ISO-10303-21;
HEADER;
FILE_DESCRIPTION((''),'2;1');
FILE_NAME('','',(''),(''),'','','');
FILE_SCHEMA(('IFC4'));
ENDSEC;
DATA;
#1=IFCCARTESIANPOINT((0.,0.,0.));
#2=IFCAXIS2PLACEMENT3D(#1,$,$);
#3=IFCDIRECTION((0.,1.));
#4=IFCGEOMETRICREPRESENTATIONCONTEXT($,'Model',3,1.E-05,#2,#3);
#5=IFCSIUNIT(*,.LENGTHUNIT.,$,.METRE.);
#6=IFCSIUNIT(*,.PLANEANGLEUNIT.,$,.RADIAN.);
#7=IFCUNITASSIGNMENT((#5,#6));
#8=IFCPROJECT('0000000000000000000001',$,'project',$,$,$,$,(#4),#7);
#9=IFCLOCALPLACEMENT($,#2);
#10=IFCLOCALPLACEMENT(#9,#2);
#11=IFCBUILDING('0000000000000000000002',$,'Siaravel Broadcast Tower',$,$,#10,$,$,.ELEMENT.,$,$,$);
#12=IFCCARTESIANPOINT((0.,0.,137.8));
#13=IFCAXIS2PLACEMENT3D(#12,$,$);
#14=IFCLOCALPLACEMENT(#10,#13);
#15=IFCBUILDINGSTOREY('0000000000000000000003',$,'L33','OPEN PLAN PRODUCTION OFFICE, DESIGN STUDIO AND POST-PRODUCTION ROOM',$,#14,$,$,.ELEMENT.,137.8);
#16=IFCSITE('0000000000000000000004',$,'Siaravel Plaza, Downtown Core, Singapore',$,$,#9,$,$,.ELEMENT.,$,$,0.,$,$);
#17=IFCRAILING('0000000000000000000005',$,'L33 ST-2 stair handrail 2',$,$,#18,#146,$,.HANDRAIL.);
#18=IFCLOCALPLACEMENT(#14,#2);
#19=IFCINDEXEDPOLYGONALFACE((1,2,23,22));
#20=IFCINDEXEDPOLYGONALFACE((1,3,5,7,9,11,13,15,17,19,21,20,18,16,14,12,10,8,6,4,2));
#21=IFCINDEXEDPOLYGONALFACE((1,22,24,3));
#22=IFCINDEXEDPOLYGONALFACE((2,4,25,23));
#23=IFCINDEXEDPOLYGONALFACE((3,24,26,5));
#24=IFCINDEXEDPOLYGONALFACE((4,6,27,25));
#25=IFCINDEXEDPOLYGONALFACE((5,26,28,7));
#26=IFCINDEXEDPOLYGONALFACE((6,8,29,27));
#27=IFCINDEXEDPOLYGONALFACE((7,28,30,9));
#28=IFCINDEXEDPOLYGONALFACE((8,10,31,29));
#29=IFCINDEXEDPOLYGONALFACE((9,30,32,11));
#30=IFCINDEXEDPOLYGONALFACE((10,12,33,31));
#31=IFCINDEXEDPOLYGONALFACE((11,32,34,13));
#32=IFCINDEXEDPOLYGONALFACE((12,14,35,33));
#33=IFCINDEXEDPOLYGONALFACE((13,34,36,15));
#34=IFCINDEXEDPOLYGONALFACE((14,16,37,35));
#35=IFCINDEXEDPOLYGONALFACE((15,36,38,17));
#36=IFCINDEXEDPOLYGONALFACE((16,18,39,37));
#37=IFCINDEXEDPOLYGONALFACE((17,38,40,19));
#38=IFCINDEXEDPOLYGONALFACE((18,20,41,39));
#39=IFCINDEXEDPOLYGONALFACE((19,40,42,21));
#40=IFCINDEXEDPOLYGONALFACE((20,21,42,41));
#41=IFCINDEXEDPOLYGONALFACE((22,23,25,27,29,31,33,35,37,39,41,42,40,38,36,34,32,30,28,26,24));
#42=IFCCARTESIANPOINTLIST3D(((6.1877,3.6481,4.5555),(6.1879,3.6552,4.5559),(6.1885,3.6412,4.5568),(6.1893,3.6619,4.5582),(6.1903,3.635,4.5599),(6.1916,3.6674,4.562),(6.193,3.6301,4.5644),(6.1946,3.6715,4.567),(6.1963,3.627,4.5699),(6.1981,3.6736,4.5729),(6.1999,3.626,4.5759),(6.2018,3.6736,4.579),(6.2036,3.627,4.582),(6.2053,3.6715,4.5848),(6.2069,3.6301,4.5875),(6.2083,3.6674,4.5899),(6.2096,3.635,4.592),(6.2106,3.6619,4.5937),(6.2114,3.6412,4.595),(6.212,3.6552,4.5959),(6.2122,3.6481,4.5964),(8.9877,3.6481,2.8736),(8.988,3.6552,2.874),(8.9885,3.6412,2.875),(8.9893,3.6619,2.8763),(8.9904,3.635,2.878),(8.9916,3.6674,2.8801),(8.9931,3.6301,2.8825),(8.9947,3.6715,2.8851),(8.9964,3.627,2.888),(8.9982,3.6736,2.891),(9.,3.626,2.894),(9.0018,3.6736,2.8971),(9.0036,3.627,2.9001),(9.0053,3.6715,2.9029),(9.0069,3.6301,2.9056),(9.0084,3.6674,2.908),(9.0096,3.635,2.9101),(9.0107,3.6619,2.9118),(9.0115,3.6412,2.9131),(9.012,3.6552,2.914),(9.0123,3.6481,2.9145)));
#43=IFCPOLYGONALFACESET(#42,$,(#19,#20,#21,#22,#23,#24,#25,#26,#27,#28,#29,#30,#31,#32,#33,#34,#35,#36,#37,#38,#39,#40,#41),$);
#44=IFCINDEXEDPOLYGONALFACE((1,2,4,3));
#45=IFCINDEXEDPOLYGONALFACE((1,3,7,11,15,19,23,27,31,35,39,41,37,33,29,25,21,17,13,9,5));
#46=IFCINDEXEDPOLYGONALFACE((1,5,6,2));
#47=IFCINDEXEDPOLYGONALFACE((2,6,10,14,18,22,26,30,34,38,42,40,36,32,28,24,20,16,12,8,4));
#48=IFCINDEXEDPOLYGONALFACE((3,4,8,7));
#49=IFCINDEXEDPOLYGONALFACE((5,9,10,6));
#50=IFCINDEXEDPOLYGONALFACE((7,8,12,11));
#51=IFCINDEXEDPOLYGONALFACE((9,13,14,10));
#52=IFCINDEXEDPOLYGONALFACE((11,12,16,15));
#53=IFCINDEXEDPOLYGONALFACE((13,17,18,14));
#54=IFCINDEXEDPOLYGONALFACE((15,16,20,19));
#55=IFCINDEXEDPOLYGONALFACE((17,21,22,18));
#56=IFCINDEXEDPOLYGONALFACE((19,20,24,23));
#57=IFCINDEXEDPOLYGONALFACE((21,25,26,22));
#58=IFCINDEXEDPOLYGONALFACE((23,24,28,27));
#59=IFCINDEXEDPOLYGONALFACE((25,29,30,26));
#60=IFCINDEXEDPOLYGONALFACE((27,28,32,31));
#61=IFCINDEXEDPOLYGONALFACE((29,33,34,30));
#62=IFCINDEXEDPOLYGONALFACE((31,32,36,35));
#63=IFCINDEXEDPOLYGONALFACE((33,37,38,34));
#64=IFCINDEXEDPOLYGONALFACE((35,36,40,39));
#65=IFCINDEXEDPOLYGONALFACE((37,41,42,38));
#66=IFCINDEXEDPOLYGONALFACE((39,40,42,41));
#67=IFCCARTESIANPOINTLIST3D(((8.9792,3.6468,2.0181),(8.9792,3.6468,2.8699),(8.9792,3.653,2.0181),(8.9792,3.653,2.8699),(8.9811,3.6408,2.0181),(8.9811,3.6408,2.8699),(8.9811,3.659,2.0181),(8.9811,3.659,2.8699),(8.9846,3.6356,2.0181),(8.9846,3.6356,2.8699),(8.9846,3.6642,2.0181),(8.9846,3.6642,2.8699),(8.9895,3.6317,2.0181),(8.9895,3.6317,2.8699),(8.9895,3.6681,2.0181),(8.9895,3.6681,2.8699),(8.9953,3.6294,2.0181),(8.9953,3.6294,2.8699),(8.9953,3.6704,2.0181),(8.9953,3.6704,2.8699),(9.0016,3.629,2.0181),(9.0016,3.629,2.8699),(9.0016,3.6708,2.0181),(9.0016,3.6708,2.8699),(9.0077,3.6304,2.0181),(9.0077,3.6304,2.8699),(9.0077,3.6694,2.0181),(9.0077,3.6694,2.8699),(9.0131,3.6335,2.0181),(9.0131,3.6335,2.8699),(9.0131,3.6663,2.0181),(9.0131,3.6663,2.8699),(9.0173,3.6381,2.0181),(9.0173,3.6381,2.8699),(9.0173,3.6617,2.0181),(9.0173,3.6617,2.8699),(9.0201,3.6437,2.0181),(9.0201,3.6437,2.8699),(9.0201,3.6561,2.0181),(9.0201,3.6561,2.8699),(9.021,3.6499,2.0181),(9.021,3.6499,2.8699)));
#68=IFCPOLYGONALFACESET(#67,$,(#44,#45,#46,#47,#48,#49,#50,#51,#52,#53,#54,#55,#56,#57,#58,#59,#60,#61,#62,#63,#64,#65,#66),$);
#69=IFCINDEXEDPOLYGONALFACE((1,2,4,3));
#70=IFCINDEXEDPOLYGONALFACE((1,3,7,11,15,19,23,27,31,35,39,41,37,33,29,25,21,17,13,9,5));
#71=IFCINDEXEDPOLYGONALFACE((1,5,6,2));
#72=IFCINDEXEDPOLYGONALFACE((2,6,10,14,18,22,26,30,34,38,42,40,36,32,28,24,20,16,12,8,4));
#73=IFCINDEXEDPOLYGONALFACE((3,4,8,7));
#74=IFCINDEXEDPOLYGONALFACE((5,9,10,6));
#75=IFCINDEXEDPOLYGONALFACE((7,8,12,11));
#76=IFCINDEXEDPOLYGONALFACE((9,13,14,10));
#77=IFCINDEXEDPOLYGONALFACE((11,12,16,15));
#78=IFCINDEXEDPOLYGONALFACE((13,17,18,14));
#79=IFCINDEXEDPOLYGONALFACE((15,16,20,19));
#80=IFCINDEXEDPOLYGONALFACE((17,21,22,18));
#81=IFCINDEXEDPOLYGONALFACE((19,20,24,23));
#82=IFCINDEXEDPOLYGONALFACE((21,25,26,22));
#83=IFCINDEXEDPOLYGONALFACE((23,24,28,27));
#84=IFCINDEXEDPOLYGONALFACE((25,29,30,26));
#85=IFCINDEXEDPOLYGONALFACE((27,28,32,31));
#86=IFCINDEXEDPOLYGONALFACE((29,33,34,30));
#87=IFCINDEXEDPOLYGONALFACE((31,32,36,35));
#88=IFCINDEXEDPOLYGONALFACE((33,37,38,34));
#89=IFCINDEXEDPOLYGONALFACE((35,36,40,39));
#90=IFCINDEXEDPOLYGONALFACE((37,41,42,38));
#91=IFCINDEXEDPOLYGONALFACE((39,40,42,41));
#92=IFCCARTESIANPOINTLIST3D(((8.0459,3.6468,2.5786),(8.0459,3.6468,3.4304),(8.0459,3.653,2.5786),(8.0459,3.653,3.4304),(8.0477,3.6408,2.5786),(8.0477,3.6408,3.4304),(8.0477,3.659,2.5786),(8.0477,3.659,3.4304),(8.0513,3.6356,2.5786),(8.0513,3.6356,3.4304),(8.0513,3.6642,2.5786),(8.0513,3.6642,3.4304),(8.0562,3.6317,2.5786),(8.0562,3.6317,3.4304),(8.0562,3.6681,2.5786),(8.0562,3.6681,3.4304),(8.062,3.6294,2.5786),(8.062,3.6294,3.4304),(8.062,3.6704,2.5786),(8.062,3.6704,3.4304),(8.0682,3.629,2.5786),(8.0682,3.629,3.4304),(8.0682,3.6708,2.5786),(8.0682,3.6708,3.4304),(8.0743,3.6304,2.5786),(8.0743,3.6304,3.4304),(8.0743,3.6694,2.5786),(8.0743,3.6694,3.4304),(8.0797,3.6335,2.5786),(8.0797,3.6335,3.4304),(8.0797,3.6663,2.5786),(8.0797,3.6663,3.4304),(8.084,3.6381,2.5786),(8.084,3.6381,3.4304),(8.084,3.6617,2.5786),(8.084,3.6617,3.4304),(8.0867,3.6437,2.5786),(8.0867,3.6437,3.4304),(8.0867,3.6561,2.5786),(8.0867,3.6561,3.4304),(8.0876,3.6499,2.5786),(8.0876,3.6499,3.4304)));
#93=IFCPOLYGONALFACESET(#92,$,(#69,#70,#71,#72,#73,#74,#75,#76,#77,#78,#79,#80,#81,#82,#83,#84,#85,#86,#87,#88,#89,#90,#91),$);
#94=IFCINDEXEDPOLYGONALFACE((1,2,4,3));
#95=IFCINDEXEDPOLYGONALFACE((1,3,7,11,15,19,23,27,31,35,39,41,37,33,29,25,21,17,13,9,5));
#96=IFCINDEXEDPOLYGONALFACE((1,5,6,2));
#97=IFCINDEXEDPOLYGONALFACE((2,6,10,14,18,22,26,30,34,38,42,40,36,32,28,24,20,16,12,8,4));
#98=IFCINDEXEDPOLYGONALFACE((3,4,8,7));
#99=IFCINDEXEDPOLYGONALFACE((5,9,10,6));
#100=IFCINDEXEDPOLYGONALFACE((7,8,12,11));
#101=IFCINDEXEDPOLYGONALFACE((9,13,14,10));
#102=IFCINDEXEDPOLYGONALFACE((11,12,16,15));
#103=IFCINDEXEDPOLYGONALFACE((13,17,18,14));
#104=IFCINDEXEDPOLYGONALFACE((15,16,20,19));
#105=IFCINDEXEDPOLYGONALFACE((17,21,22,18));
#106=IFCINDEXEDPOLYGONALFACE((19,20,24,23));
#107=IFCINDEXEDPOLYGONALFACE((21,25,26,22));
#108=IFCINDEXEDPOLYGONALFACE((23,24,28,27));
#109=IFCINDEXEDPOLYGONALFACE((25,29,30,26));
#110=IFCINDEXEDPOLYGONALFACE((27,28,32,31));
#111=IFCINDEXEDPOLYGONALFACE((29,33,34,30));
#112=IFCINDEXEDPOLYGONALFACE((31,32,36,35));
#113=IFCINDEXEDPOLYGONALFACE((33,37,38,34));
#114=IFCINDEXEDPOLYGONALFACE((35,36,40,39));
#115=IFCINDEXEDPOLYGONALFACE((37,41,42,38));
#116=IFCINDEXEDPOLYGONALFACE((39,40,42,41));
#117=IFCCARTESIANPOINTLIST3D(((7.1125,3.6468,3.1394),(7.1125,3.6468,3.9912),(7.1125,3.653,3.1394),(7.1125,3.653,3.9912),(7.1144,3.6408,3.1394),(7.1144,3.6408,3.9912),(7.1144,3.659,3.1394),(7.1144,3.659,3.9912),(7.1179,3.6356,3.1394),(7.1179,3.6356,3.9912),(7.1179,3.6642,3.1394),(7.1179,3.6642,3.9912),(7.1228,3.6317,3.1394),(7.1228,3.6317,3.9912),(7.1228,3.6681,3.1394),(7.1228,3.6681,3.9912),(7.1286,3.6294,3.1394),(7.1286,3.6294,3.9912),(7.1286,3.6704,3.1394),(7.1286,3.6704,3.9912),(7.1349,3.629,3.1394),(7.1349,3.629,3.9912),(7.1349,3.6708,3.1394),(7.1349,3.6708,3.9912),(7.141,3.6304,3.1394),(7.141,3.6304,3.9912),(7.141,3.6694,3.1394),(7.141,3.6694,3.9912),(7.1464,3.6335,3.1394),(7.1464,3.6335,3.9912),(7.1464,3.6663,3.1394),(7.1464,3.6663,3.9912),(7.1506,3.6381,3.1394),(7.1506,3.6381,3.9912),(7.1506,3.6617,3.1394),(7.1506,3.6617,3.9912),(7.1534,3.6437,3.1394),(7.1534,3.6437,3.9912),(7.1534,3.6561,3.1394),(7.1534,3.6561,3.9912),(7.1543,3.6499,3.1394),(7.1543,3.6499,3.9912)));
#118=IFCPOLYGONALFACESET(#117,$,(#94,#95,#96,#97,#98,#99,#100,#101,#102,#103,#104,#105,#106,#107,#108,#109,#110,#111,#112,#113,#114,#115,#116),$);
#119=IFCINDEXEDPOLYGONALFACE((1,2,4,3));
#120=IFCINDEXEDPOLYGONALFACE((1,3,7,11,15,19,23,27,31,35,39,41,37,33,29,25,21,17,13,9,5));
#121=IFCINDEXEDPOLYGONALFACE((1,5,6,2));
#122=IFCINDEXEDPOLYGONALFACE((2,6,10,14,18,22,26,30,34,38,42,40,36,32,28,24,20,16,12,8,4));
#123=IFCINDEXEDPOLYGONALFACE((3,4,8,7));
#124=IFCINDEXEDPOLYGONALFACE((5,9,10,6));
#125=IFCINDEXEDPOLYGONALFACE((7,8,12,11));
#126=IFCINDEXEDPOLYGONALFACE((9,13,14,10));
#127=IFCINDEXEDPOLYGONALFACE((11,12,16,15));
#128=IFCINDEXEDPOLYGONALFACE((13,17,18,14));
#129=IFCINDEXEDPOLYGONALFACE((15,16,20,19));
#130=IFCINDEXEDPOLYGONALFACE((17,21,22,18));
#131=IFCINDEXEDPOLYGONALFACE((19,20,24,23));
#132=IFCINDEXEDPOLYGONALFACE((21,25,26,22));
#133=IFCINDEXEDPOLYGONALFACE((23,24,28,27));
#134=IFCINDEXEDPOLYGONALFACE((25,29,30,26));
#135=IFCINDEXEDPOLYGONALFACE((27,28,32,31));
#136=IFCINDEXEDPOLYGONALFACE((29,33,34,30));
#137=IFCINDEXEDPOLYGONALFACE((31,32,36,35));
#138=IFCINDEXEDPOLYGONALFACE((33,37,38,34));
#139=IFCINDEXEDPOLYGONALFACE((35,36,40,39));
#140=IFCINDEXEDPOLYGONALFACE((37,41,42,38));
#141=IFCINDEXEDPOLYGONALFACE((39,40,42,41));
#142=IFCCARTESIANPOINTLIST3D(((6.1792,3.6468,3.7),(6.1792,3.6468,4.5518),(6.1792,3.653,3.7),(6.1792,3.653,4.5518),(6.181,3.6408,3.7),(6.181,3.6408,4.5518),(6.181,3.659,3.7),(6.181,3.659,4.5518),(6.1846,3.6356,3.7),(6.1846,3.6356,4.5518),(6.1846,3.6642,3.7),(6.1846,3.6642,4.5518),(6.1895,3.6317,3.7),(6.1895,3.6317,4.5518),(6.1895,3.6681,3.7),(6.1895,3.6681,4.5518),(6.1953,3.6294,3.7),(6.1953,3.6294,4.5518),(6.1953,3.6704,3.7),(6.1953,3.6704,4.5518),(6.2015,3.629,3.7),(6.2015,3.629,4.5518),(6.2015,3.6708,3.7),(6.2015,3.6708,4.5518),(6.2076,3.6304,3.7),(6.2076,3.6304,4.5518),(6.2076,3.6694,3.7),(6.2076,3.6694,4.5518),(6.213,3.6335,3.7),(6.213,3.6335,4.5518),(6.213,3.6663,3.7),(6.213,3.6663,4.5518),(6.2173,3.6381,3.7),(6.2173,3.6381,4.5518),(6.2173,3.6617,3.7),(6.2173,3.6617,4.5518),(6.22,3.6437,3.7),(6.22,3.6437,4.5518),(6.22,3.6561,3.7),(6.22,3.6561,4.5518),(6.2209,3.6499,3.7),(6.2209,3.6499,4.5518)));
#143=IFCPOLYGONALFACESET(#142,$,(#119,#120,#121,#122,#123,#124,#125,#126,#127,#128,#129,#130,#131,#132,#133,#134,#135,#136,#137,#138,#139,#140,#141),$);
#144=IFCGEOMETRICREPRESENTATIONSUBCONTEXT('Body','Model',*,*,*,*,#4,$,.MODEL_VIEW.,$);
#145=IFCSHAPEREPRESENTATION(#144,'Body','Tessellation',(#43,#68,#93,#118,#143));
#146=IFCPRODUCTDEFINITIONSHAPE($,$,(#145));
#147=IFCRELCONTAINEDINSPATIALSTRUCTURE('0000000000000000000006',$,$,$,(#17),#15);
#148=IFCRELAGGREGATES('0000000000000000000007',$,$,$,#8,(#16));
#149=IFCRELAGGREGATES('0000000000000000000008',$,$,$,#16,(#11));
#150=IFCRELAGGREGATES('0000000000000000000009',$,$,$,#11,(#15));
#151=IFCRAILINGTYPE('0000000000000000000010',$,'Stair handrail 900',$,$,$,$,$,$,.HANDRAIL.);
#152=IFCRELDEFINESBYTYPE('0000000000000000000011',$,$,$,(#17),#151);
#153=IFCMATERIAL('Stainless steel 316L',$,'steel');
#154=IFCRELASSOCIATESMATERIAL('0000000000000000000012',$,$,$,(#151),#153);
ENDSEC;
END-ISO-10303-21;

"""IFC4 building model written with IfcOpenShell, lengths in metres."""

from ifc_helpers import new_model, si_unit, direction, frame, origin, origin_2d, place, context, subcontext, project, spatial, circle, extrude, material, type_object, element, save


model = new_model("IFC4")

# Units and contexts
model_context = context("Model", 3, precision=1e-05, world=origin(), true_north=direction((0.0, 1.0)))
body_context = subcontext(model_context, "Body", "Model", "MODEL_VIEW")
ifc_project = project(units=[si_unit("LENGTHUNIT", "METRE"), si_unit("PLANEANGLEUNIT", "RADIAN")], contexts=[model_context])

# Site, building, storey
site_placement = place(None, origin())
site = spatial("IfcSite", under=ifc_project, at=site_placement, Name="Siaravel Plaza, Downtown Core, Singapore", CompositionType="ELEMENT", RefElevation=0.0)
building_placement = place(site_placement, origin())
building = spatial("IfcBuilding", under=site, at=building_placement, Name="Siaravel Broadcast Tower", CompositionType="ELEMENT")
storey_placement = place(building_placement, frame((0.0, 0.0, 137.8)))
storey = spatial("IfcBuildingStorey", under=building, at=storey_placement, Name="L33", Description="OPEN PLAN PRODUCTION OFFICE, DESIGN STUDIO AND POST-PRODUCTION ROOM", CompositionType="ELEMENT", Elevation=137.8)

# Railing
ifc_material_1 = material(Name="Stainless steel 316L", Category="steel")
railing_type_1 = type_object("IfcRailingType", Name="Stair handrail 900", PredefinedType="HANDRAIL", material=ifc_material_1)
railing_1_placement = place(storey_placement, frame((9.0, 3.6499, 2.0181)))
element("IfcRailing", 1, at=railing_1_placement, inside=storey, type_object=railing_type_1, Name="L33 ST-2 stair handrail 2", PredefinedType="HANDRAIL", context=body_context, shape_type="SweptSolid", body=[
    extrude(circle(Radius=0.0239, at=origin_2d()), frame((0.0, 0.0, 0.876), z_axis=(-0.857242, 0.0, 0.514913), x_axis=(0.0, -1.0, 0.0)), (0.0, 0.0, 1.0), 3.2664),
    extrude(circle(Radius=0.021, at=origin_2d()), origin(), (0.0, 0.0, 1.0), 0.8518),
    extrude(circle(Radius=0.021, at=origin_2d()), frame((-0.9333, 0.0, 0.5605)), (0.0, 0.0, 1.0), 0.8518),
    extrude(circle(Radius=0.021, at=origin_2d()), frame((-1.8667, 0.0, 1.1213)), (0.0, 0.0, 1.0), 0.8518),
    extrude(circle(Radius=0.021, at=origin_2d()), frame((-2.8, 0.0, 1.6819)), (0.0, 0.0, 1.0), 0.8518),
])

save(model, "model.ifc")
